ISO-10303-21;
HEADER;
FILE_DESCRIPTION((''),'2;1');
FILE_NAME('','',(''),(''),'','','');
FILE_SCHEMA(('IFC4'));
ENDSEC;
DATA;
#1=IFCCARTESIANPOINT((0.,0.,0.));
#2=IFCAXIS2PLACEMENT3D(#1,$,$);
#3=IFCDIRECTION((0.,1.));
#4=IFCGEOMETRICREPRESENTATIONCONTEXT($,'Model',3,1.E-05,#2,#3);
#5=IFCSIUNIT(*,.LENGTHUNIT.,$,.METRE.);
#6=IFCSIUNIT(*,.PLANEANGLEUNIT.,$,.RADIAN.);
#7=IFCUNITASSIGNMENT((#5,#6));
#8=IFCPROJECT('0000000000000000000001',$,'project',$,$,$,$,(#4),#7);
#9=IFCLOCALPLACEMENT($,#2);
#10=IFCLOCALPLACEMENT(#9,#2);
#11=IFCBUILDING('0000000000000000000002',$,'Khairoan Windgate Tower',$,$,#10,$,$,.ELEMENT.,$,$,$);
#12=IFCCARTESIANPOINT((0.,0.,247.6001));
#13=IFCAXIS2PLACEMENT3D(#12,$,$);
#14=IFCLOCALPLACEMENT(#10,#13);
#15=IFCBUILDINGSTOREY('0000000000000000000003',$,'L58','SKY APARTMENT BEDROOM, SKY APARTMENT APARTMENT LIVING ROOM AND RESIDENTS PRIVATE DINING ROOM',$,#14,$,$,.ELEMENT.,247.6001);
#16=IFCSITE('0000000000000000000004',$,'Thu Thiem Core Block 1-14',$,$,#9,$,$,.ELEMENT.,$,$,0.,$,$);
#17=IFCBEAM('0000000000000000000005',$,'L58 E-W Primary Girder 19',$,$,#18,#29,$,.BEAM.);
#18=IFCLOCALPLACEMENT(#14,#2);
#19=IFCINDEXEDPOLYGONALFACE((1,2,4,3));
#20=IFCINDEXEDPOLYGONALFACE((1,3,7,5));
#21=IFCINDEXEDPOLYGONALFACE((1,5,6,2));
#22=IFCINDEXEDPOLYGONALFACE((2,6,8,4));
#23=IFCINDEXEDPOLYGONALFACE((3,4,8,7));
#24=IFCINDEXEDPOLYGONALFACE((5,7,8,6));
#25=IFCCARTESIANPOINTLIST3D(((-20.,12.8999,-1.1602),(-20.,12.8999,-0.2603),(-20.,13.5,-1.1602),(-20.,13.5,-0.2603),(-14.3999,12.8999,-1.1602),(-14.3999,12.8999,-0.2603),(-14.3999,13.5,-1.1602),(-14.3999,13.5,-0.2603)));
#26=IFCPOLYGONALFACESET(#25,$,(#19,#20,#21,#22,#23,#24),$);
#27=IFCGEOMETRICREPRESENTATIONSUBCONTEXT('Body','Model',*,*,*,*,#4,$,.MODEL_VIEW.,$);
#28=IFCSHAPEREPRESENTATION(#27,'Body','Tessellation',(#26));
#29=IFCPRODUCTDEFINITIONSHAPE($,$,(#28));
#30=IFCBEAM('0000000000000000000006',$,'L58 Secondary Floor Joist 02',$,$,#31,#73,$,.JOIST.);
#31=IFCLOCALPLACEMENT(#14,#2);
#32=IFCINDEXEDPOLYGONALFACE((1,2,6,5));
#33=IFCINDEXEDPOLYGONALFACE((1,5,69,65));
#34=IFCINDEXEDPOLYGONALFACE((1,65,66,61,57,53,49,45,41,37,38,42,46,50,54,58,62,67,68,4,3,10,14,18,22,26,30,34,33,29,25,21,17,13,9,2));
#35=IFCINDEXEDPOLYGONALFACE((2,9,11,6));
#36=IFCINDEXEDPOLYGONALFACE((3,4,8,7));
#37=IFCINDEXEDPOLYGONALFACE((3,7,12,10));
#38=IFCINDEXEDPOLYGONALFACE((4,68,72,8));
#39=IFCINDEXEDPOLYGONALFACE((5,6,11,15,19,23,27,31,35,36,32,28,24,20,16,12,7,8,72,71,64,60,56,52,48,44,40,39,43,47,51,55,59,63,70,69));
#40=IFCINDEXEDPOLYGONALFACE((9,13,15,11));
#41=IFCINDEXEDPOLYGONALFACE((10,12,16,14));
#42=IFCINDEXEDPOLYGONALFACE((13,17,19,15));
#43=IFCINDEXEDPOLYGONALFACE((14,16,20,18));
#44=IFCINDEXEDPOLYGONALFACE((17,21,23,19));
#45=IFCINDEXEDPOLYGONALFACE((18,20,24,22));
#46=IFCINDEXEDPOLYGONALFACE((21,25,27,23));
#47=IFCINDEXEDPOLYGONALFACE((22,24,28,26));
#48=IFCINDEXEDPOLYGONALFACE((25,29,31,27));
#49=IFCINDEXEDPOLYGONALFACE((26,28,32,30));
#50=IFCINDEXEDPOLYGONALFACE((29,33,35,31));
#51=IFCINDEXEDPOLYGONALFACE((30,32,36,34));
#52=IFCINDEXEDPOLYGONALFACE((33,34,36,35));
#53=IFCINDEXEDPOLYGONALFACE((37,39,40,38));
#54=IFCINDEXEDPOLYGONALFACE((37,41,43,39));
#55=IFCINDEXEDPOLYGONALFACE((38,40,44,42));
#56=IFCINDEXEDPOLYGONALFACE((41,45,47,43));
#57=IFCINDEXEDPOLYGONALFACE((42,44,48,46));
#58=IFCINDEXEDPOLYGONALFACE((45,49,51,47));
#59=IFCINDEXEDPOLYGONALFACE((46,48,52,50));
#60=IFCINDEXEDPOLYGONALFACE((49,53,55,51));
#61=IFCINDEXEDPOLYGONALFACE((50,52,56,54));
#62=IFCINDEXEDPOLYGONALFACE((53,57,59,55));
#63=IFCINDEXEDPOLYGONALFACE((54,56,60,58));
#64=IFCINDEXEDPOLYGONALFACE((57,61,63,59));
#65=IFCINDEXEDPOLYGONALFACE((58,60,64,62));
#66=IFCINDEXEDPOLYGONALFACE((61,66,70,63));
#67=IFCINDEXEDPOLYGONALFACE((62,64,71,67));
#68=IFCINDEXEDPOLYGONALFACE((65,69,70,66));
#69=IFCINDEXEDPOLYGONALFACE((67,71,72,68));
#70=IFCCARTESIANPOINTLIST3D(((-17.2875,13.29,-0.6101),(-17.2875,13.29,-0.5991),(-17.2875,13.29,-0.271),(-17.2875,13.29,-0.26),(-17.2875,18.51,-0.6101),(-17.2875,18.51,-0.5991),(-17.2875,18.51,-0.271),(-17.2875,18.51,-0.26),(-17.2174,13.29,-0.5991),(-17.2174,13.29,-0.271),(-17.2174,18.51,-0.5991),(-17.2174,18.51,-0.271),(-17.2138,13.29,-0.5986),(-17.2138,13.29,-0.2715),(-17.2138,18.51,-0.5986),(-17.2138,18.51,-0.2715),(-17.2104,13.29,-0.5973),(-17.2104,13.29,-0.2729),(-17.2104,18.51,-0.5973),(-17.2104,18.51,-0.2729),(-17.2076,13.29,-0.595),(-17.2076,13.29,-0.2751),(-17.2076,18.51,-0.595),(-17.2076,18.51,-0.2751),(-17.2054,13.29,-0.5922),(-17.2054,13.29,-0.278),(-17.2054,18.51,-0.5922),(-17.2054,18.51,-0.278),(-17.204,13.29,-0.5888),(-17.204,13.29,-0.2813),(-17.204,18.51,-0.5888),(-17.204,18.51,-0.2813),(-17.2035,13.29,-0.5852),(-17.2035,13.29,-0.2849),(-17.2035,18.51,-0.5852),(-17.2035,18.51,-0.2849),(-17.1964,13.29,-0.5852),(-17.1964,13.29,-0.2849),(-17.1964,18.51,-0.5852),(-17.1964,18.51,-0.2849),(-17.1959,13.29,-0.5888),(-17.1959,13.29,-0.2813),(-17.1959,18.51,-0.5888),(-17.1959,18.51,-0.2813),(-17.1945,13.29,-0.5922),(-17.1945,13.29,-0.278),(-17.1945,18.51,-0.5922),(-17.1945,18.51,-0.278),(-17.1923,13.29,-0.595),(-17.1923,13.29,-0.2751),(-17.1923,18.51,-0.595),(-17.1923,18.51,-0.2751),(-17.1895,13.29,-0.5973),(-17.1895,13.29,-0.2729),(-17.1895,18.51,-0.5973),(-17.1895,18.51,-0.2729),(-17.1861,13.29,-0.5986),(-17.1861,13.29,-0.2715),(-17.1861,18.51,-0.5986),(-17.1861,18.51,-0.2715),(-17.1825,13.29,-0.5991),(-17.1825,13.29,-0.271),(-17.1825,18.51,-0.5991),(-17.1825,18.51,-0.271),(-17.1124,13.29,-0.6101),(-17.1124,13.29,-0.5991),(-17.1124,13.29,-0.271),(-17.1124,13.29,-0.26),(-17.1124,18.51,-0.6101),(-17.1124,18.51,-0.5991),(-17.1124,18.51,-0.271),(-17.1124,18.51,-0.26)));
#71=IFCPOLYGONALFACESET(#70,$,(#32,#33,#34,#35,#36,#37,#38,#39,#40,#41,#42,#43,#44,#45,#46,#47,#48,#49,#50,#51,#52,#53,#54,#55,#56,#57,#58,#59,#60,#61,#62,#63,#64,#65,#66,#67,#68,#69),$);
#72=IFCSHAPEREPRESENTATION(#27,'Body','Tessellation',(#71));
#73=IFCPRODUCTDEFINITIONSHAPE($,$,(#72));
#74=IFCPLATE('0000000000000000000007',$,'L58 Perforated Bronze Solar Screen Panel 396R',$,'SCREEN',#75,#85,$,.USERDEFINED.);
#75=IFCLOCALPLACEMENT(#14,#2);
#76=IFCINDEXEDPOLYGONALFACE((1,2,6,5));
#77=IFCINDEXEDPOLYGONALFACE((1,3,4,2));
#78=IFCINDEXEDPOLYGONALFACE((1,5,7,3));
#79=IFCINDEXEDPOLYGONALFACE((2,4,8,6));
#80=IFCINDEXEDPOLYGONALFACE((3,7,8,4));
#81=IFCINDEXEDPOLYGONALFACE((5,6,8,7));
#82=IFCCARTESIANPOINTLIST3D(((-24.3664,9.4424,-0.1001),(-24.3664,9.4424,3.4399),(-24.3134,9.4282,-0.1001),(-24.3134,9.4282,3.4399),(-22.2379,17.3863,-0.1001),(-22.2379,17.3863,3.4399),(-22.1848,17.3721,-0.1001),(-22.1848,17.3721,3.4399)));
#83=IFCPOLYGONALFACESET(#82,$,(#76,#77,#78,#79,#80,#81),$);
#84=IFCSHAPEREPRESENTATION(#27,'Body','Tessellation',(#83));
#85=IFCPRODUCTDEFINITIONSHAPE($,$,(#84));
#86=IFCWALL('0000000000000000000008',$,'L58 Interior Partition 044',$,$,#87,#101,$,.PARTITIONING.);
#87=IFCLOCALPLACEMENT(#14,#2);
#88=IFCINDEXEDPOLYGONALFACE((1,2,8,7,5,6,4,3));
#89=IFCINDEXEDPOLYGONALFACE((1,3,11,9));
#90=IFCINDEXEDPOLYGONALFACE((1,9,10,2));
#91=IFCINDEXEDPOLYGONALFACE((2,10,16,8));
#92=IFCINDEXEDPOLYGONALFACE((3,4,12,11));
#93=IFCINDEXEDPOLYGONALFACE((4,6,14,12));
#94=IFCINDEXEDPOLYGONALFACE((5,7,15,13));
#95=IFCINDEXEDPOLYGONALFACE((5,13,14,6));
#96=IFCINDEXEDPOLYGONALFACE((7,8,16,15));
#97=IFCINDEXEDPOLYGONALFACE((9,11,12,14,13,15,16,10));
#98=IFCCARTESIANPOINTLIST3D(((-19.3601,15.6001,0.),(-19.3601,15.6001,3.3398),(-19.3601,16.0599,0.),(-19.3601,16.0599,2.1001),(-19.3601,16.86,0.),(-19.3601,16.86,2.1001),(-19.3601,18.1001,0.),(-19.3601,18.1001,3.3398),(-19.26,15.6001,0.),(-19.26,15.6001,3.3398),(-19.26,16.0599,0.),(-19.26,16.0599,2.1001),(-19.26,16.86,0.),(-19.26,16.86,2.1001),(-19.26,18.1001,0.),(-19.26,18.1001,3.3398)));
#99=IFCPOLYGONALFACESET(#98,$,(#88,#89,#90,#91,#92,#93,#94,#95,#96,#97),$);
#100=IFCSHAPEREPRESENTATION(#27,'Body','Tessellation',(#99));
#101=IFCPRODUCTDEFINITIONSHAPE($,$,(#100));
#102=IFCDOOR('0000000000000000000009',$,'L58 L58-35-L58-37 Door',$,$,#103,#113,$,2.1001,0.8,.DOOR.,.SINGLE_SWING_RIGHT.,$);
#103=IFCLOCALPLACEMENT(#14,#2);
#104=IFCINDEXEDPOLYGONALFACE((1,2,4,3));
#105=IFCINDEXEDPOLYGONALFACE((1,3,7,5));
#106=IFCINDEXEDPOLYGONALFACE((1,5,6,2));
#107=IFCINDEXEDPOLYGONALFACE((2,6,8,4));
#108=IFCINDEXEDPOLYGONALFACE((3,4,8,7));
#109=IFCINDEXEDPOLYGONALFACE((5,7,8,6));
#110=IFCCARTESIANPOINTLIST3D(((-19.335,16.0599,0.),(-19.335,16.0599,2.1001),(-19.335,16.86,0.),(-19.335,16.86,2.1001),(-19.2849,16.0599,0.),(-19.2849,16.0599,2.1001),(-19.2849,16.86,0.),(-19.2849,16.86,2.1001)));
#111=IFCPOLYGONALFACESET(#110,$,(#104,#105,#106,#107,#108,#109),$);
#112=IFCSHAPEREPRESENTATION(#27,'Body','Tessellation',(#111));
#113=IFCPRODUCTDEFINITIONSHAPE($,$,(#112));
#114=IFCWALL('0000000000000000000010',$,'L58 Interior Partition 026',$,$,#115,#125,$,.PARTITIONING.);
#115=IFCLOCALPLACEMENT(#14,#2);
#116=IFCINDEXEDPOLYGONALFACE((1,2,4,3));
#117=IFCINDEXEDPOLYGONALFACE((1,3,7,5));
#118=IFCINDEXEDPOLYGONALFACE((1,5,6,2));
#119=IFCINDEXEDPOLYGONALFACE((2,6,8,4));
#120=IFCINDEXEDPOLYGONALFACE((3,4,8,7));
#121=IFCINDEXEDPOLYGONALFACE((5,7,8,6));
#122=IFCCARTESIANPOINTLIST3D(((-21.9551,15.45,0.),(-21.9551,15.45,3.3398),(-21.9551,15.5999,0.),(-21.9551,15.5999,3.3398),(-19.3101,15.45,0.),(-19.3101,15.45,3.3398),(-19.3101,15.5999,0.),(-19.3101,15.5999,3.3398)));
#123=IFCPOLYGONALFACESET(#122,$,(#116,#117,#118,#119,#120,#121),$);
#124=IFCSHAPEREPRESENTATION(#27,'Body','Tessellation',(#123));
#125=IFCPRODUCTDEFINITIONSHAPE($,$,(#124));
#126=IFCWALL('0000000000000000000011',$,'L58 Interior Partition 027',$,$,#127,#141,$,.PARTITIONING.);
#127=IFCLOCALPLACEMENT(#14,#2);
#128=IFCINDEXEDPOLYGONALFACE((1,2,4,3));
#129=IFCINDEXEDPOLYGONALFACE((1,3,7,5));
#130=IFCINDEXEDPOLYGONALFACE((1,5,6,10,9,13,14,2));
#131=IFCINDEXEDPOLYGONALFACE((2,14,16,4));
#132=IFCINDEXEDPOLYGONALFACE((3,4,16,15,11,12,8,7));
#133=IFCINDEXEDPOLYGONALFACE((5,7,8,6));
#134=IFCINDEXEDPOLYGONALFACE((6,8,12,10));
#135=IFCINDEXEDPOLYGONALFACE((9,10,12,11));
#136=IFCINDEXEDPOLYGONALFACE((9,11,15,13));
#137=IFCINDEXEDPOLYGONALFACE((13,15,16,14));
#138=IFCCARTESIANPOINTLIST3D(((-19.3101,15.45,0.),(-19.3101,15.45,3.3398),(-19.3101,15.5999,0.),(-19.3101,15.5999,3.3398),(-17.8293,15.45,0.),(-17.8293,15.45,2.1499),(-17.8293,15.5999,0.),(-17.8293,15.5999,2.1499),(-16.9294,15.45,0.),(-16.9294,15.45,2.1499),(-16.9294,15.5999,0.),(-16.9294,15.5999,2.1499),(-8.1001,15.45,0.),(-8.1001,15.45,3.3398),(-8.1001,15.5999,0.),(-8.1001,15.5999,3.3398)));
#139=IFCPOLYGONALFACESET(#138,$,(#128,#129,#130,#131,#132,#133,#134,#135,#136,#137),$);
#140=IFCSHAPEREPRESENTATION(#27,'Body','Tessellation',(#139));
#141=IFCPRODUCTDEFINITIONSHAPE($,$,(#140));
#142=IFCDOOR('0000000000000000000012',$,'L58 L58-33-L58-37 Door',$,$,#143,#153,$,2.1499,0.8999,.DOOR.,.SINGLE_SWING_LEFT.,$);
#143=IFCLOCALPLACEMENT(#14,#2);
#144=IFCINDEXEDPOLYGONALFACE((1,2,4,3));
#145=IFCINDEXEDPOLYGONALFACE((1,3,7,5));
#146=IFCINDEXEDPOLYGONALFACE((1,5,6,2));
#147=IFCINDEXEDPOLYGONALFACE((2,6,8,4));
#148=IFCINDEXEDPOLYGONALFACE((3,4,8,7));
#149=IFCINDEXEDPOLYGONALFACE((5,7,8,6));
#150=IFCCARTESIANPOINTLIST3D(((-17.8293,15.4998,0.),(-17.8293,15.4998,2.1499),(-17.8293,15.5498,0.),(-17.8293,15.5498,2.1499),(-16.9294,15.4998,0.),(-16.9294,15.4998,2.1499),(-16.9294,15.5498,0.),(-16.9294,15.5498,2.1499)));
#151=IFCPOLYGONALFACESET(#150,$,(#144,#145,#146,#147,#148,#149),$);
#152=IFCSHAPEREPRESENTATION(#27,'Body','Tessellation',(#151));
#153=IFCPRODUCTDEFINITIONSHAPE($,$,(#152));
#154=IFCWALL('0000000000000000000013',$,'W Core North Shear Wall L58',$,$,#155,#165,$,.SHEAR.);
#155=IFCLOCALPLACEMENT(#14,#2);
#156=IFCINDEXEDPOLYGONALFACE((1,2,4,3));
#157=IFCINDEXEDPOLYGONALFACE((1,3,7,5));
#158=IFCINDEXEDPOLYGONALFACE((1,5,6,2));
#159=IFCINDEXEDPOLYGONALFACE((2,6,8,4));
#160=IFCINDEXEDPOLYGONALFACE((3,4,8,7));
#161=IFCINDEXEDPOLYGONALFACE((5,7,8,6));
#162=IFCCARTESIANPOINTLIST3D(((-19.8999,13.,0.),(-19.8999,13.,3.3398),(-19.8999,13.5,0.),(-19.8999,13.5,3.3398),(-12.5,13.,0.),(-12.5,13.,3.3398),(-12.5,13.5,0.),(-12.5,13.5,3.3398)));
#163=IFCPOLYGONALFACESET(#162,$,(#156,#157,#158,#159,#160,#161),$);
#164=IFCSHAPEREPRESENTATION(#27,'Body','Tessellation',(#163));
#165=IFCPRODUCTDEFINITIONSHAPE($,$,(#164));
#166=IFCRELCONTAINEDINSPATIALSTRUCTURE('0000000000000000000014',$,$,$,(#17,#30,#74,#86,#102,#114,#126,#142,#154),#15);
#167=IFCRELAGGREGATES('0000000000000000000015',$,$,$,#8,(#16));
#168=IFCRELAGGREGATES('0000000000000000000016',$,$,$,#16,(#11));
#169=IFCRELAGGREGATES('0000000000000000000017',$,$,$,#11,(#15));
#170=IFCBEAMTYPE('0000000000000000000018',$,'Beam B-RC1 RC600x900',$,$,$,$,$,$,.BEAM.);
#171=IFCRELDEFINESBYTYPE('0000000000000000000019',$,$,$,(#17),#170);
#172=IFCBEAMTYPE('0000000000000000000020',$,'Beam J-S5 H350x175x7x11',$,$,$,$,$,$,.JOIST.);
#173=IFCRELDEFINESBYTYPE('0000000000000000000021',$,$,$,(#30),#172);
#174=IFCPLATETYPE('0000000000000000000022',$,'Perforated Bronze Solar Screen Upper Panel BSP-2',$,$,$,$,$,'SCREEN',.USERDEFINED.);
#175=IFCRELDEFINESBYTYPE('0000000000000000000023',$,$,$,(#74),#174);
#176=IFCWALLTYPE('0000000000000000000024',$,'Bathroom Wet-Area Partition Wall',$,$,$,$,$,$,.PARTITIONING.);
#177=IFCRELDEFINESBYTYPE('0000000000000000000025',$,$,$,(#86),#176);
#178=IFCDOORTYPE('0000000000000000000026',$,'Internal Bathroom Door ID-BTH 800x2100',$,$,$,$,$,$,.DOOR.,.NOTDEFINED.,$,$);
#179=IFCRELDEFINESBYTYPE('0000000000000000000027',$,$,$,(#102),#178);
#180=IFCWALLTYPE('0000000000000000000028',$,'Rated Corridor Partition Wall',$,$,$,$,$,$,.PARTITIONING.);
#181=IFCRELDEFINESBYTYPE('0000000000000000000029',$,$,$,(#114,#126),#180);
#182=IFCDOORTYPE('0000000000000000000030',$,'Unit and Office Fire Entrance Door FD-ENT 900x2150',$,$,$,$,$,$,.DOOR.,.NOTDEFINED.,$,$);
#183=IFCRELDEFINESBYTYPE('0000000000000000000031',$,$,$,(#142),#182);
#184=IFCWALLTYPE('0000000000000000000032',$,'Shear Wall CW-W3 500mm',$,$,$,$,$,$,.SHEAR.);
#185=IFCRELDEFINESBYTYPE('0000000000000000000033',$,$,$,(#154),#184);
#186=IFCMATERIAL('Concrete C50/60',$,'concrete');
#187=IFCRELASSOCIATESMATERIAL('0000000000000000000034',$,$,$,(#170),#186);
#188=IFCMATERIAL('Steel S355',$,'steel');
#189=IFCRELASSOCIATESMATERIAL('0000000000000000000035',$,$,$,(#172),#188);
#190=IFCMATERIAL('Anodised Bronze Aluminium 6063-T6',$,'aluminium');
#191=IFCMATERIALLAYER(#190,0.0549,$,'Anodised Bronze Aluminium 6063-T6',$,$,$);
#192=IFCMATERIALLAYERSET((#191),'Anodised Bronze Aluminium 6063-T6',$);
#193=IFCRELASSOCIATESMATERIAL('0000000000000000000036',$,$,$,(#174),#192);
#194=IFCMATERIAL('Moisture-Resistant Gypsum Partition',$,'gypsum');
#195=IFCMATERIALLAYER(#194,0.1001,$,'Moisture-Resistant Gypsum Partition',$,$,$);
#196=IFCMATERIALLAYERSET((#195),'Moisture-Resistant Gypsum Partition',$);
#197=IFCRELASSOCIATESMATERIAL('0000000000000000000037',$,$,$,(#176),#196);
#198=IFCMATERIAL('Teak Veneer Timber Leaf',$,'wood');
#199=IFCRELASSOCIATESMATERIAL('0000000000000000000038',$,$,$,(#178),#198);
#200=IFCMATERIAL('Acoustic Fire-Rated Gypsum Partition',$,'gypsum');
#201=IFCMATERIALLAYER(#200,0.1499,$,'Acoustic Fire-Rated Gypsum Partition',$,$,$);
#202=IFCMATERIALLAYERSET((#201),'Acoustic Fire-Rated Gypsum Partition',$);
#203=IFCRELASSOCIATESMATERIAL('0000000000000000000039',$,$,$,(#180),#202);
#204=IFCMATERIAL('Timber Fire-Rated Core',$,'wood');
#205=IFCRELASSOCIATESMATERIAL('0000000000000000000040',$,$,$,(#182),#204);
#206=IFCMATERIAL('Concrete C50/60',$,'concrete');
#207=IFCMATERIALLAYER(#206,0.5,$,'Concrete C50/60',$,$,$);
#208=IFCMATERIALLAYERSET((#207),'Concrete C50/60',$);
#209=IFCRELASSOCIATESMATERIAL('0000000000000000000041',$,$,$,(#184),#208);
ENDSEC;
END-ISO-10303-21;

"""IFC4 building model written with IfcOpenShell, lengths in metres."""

from ifc_helpers import new_model, si_unit, direction, frame, frame_2d, origin, origin_2d, place, context, subcontext, project, spatial, rectangle, i_section, extrude, material, layer, layer_set, material_profile, profile_set, type_object, element, fill, save


model = new_model("IFC4")

# Units and contexts
model_context = context("Model", 3, precision=1e-05, world=origin(), true_north=direction((0.0, 1.0)))
body_context = subcontext(model_context, "Body", "Model", "MODEL_VIEW")
ifc_project = project(units=[si_unit("LENGTHUNIT", "METRE"), si_unit("PLANEANGLEUNIT", "RADIAN")], contexts=[model_context])

# Site, building, storey
site_placement = place(None, origin())
site = spatial("IfcSite", under=ifc_project, at=site_placement, Name="Thu Thiem Core Block 1-14", CompositionType="ELEMENT", RefElevation=0.0)
building_placement = place(site_placement, origin())
building = spatial("IfcBuilding", under=site, at=building_placement, Name="Khairoan Windgate Tower", CompositionType="ELEMENT")
storey_placement = place(building_placement, frame((0.0, 0.0, 247.6001)))
storey = spatial("IfcBuildingStorey", under=building, at=storey_placement, Name="L58", Description="SKY APARTMENT BEDROOM, SKY APARTMENT APARTMENT LIVING ROOM AND RESIDENTS PRIVATE DINING ROOM", CompositionType="ELEMENT", Elevation=247.6001)

# Beams
ifc_material_1 = material(Name="Concrete C50/60", Category="concrete")
ifc_material_profile_1 = material_profile(ifc_material_1, rectangle(XDim=0.6001, YDim=0.8999, at=origin_2d()))
ifc_profile_set_1 = profile_set([ifc_material_profile_1], Name="Concrete C50/60")
beam_type_1 = type_object("IfcBeamType", Name="Beam B-RC1 RC600x900", PredefinedType="BEAM", material=ifc_profile_set_1)
beam_1_placement = place(storey_placement, frame((-20.0, 13.2, -0.7102), z_axis=(1.0, 0.0, 0.0), x_axis=(0.0, 1.0, 0.0)))
element("IfcBeam", 1, at=beam_1_placement, inside=storey, type_object=beam_type_1, Name="L58 E-W Primary Girder 19", PredefinedType="BEAM", context=body_context, shape_type="SweptSolid", body=[
    extrude(rectangle(XDim=0.6001, YDim=0.8999, at=origin_2d()), origin(), (0.0, 0.0, 1.0), 5.6001),
])
ifc_material_2 = material(Name="Steel S355", Category="steel")
ifc_material_profile_2 = material_profile(ifc_material_2, i_section(OverallWidth=0.175, OverallDepth=0.3501, WebThickness=0.0071, FlangeThickness=0.011, FilletRadius=0.0139, at=origin_2d()))
ifc_profile_set_2 = profile_set([ifc_material_profile_2], Name="Steel S355")
beam_type_2 = type_object("IfcBeamType", Name="Beam J-S5 H350x175x7x11", PredefinedType="JOIST", material=ifc_profile_set_2)
beam_2_placement = place(storey_placement, frame((-17.2, 13.29, -0.4351), z_axis=(0.0, 1.0, 0.0), x_axis=(-1.0, 0.0, 0.0)))
element("IfcBeam", 2, at=beam_2_placement, inside=storey, type_object=beam_type_2, Name="L58 Secondary Floor Joist 02", PredefinedType="JOIST", context=body_context, shape_type="SweptSolid", body=[
    extrude(i_section(OverallWidth=0.175, OverallDepth=0.3501, WebThickness=0.0071, FlangeThickness=0.011, FilletRadius=0.0139, at=origin_2d()), origin(), (0.0, 0.0, 1.0), 5.22),
])

# Plate
ifc_material_3 = material(Name="Anodised Bronze Aluminium 6063-T6", Category="aluminium")
ifc_layer_1 = layer(ifc_material_3, 0.0549, Name="Anodised Bronze Aluminium 6063-T6")
ifc_layer_set_1 = layer_set([ifc_layer_1], Name="Anodised Bronze Aluminium 6063-T6")
plate_type = type_object("IfcPlateType", Name="Perforated Bronze Solar Screen Upper Panel BSP-2", ElementType="SCREEN", PredefinedType="USERDEFINED", material=ifc_layer_set_1)
plate_placement = place(storey_placement, frame((-23.2756, 13.4072, -0.1001), z_axis=(0.0, 0.0, 1.0), x_axis=(0.258819, 0.965926, 0.0)))
element("IfcPlate", 3, at=plate_placement, inside=storey, type_object=plate_type, Name="L58 Perforated Bronze Solar Screen Panel 396R", ObjectType="SCREEN", PredefinedType="USERDEFINED", context=body_context, shape_type="SweptSolid", body=[
    extrude(rectangle(XDim=8.2241, YDim=0.0549, at=origin_2d()), origin(), (0.0, 0.0, 1.0), 3.54),
])

# Wall, opening, door
ifc_material_4 = material(Name="Moisture-Resistant Gypsum Partition", Category="gypsum")
ifc_layer_2 = layer(ifc_material_4, 0.1001, Name="Moisture-Resistant Gypsum Partition")
ifc_layer_set_2 = layer_set([ifc_layer_2], Name="Moisture-Resistant Gypsum Partition")
wall_type_1 = type_object("IfcWallType", Name="Bathroom Wet-Area Partition Wall", PredefinedType="PARTITIONING", material=ifc_layer_set_2)
wall_1_placement = place(storey_placement, frame((-19.3101, 15.6001, 0.0), z_axis=(0.0, 0.0, 1.0), x_axis=(0.0, 1.0, 0.0)))
wall_1 = element("IfcWall", 4, at=wall_1_placement, inside=storey, type_object=wall_type_1, Name="L58 Interior Partition 044", PredefinedType="PARTITIONING", context=body_context, shape_type="SweptSolid", body=[
    extrude(rectangle(XDim=2.5, YDim=0.1001, at=frame_2d((1.25, 0.0))), origin(), (0.0, 0.0, 1.0), 3.3398),
])
opening_1_placement = place(wall_1_placement, frame((0.46, 0.0, 0.0)))
opening_1 = element("IfcOpeningElement", 5, at=opening_1_placement, cuts=wall_1, PredefinedType="OPENING", context=body_context, shape_type="SweptSolid", body=[
    extrude(rectangle(XDim=0.8, YDim=2.1001, at=frame_2d((0.3999, 1.05))), frame((0.0, 0.0601, 0.0), z_axis=(0.0, -1.0, 0.0), x_axis=(1.0, 0.0, 0.0)), (0.0, 0.0, 1.0), 0.1201),
])
ifc_material_5 = material(Name="Teak Veneer Timber Leaf", Category="wood")
door_type_1 = type_object("IfcDoorType", Name="Internal Bathroom Door ID-BTH 800x2100", OperationType="NOTDEFINED", PredefinedType="DOOR", material=ifc_material_5)
door_1_placement = place(opening_1_placement, origin())
door_1 = element("IfcDoor", 6, at=door_1_placement, inside=storey, type_object=door_type_1, Name="L58 L58-35-L58-37 Door", OperationType="SINGLE_SWING_RIGHT", OverallHeight=2.1001, OverallWidth=0.8, PredefinedType="DOOR", context=body_context, shape_type="SweptSolid", body=[
    extrude(rectangle(XDim=0.8, YDim=2.1001, at=frame_2d((0.3999, 1.05))), frame((0.0, 0.0249, 0.0), z_axis=(0.0, -1.0, 0.0), x_axis=(1.0, 0.0, 0.0)), (0.0, 0.0, 1.0), 0.05),
])
fill(opening_1, door_1)

# Wall
ifc_material_6 = material(Name="Acoustic Fire-Rated Gypsum Partition", Category="gypsum")
ifc_layer_3 = layer(ifc_material_6, 0.1499, Name="Acoustic Fire-Rated Gypsum Partition")
ifc_layer_set_3 = layer_set([ifc_layer_3], Name="Acoustic Fire-Rated Gypsum Partition")
wall_type_2 = type_object("IfcWallType", Name="Rated Corridor Partition Wall", PredefinedType="PARTITIONING", material=ifc_layer_set_3)
wall_2_placement = place(storey_placement, frame((-21.9551, 15.5249, 0.0), z_axis=(0.0, 0.0, 1.0), x_axis=(1.0, 0.0, 0.0)))
element("IfcWall", 7, at=wall_2_placement, inside=storey, type_object=wall_type_2, Name="L58 Interior Partition 026", PredefinedType="PARTITIONING", context=body_context, shape_type="SweptSolid", body=[
    extrude(rectangle(XDim=2.645, YDim=0.1499, at=frame_2d((1.3225, 0.0))), origin(), (0.0, 0.0, 1.0), 3.3398),
])

# Wall, opening, door
wall_3_placement = place(storey_placement, frame((-19.3101, 15.5249, 0.0), z_axis=(0.0, 0.0, 1.0), x_axis=(1.0, 0.0, 0.0)))
wall_3 = element("IfcWall", 8, at=wall_3_placement, inside=storey, type_object=wall_type_2, Name="L58 Interior Partition 027", PredefinedType="PARTITIONING", context=body_context, shape_type="SweptSolid", body=[
    extrude(rectangle(XDim=11.21, YDim=0.1499, at=frame_2d((5.605, 0.0))), origin(), (0.0, 0.0, 1.0), 3.3398),
])
opening_2_placement = place(wall_3_placement, frame((1.4807, 0.0, 0.0)))
opening_2 = element("IfcOpeningElement", 9, at=opening_2_placement, cuts=wall_3, PredefinedType="OPENING", context=body_context, shape_type="SweptSolid", body=[
    extrude(rectangle(XDim=0.8999, YDim=2.1499, at=frame_2d((0.45, 1.075))), frame((0.0, 0.085, 0.0), z_axis=(0.0, -1.0, 0.0), x_axis=(1.0, 0.0, 0.0)), (0.0, 0.0, 1.0), 0.1699),
])
ifc_material_7 = material(Name="Timber Fire-Rated Core", Category="wood")
door_type_2 = type_object("IfcDoorType", Name="Unit and Office Fire Entrance Door FD-ENT 900x2150", OperationType="NOTDEFINED", PredefinedType="DOOR", material=ifc_material_7)
door_2_placement = place(opening_2_placement, origin())
door_2 = element("IfcDoor", 10, at=door_2_placement, inside=storey, type_object=door_type_2, Name="L58 L58-33-L58-37 Door", OperationType="SINGLE_SWING_LEFT", OverallHeight=2.1499, OverallWidth=0.8999, PredefinedType="DOOR", context=body_context, shape_type="SweptSolid", body=[
    extrude(rectangle(XDim=0.8999, YDim=2.1499, at=frame_2d((0.45, 1.075))), frame((0.0, 0.0249, 0.0), z_axis=(0.0, -1.0, 0.0), x_axis=(1.0, 0.0, 0.0)), (0.0, 0.0, 1.0), 0.05),
])
fill(opening_2, door_2)

# Wall
ifc_material_8 = material(Name="Concrete C50/60", Category="concrete")
ifc_layer_4 = layer(ifc_material_8, 0.5, Name="Concrete C50/60")
ifc_layer_set_4 = layer_set([ifc_layer_4], Name="Concrete C50/60")
wall_type_3 = type_object("IfcWallType", Name="Shear Wall CW-W3 500mm", PredefinedType="SHEAR", material=ifc_layer_set_4)
wall_4_placement = place(storey_placement, frame((-19.8999, 13.25, 0.0), z_axis=(0.0, 0.0, 1.0), x_axis=(1.0, 0.0, 0.0)))
element("IfcWall", 11, at=wall_4_placement, inside=storey, type_object=wall_type_3, Name="W Core North Shear Wall L58", PredefinedType="SHEAR", context=body_context, shape_type="SweptSolid", body=[
    extrude(rectangle(XDim=7.3999, YDim=0.5, at=frame_2d((3.7, 0.0))), origin(), (0.0, 0.0, 1.0), 3.3398),
])

save(model, "model.ifc")
